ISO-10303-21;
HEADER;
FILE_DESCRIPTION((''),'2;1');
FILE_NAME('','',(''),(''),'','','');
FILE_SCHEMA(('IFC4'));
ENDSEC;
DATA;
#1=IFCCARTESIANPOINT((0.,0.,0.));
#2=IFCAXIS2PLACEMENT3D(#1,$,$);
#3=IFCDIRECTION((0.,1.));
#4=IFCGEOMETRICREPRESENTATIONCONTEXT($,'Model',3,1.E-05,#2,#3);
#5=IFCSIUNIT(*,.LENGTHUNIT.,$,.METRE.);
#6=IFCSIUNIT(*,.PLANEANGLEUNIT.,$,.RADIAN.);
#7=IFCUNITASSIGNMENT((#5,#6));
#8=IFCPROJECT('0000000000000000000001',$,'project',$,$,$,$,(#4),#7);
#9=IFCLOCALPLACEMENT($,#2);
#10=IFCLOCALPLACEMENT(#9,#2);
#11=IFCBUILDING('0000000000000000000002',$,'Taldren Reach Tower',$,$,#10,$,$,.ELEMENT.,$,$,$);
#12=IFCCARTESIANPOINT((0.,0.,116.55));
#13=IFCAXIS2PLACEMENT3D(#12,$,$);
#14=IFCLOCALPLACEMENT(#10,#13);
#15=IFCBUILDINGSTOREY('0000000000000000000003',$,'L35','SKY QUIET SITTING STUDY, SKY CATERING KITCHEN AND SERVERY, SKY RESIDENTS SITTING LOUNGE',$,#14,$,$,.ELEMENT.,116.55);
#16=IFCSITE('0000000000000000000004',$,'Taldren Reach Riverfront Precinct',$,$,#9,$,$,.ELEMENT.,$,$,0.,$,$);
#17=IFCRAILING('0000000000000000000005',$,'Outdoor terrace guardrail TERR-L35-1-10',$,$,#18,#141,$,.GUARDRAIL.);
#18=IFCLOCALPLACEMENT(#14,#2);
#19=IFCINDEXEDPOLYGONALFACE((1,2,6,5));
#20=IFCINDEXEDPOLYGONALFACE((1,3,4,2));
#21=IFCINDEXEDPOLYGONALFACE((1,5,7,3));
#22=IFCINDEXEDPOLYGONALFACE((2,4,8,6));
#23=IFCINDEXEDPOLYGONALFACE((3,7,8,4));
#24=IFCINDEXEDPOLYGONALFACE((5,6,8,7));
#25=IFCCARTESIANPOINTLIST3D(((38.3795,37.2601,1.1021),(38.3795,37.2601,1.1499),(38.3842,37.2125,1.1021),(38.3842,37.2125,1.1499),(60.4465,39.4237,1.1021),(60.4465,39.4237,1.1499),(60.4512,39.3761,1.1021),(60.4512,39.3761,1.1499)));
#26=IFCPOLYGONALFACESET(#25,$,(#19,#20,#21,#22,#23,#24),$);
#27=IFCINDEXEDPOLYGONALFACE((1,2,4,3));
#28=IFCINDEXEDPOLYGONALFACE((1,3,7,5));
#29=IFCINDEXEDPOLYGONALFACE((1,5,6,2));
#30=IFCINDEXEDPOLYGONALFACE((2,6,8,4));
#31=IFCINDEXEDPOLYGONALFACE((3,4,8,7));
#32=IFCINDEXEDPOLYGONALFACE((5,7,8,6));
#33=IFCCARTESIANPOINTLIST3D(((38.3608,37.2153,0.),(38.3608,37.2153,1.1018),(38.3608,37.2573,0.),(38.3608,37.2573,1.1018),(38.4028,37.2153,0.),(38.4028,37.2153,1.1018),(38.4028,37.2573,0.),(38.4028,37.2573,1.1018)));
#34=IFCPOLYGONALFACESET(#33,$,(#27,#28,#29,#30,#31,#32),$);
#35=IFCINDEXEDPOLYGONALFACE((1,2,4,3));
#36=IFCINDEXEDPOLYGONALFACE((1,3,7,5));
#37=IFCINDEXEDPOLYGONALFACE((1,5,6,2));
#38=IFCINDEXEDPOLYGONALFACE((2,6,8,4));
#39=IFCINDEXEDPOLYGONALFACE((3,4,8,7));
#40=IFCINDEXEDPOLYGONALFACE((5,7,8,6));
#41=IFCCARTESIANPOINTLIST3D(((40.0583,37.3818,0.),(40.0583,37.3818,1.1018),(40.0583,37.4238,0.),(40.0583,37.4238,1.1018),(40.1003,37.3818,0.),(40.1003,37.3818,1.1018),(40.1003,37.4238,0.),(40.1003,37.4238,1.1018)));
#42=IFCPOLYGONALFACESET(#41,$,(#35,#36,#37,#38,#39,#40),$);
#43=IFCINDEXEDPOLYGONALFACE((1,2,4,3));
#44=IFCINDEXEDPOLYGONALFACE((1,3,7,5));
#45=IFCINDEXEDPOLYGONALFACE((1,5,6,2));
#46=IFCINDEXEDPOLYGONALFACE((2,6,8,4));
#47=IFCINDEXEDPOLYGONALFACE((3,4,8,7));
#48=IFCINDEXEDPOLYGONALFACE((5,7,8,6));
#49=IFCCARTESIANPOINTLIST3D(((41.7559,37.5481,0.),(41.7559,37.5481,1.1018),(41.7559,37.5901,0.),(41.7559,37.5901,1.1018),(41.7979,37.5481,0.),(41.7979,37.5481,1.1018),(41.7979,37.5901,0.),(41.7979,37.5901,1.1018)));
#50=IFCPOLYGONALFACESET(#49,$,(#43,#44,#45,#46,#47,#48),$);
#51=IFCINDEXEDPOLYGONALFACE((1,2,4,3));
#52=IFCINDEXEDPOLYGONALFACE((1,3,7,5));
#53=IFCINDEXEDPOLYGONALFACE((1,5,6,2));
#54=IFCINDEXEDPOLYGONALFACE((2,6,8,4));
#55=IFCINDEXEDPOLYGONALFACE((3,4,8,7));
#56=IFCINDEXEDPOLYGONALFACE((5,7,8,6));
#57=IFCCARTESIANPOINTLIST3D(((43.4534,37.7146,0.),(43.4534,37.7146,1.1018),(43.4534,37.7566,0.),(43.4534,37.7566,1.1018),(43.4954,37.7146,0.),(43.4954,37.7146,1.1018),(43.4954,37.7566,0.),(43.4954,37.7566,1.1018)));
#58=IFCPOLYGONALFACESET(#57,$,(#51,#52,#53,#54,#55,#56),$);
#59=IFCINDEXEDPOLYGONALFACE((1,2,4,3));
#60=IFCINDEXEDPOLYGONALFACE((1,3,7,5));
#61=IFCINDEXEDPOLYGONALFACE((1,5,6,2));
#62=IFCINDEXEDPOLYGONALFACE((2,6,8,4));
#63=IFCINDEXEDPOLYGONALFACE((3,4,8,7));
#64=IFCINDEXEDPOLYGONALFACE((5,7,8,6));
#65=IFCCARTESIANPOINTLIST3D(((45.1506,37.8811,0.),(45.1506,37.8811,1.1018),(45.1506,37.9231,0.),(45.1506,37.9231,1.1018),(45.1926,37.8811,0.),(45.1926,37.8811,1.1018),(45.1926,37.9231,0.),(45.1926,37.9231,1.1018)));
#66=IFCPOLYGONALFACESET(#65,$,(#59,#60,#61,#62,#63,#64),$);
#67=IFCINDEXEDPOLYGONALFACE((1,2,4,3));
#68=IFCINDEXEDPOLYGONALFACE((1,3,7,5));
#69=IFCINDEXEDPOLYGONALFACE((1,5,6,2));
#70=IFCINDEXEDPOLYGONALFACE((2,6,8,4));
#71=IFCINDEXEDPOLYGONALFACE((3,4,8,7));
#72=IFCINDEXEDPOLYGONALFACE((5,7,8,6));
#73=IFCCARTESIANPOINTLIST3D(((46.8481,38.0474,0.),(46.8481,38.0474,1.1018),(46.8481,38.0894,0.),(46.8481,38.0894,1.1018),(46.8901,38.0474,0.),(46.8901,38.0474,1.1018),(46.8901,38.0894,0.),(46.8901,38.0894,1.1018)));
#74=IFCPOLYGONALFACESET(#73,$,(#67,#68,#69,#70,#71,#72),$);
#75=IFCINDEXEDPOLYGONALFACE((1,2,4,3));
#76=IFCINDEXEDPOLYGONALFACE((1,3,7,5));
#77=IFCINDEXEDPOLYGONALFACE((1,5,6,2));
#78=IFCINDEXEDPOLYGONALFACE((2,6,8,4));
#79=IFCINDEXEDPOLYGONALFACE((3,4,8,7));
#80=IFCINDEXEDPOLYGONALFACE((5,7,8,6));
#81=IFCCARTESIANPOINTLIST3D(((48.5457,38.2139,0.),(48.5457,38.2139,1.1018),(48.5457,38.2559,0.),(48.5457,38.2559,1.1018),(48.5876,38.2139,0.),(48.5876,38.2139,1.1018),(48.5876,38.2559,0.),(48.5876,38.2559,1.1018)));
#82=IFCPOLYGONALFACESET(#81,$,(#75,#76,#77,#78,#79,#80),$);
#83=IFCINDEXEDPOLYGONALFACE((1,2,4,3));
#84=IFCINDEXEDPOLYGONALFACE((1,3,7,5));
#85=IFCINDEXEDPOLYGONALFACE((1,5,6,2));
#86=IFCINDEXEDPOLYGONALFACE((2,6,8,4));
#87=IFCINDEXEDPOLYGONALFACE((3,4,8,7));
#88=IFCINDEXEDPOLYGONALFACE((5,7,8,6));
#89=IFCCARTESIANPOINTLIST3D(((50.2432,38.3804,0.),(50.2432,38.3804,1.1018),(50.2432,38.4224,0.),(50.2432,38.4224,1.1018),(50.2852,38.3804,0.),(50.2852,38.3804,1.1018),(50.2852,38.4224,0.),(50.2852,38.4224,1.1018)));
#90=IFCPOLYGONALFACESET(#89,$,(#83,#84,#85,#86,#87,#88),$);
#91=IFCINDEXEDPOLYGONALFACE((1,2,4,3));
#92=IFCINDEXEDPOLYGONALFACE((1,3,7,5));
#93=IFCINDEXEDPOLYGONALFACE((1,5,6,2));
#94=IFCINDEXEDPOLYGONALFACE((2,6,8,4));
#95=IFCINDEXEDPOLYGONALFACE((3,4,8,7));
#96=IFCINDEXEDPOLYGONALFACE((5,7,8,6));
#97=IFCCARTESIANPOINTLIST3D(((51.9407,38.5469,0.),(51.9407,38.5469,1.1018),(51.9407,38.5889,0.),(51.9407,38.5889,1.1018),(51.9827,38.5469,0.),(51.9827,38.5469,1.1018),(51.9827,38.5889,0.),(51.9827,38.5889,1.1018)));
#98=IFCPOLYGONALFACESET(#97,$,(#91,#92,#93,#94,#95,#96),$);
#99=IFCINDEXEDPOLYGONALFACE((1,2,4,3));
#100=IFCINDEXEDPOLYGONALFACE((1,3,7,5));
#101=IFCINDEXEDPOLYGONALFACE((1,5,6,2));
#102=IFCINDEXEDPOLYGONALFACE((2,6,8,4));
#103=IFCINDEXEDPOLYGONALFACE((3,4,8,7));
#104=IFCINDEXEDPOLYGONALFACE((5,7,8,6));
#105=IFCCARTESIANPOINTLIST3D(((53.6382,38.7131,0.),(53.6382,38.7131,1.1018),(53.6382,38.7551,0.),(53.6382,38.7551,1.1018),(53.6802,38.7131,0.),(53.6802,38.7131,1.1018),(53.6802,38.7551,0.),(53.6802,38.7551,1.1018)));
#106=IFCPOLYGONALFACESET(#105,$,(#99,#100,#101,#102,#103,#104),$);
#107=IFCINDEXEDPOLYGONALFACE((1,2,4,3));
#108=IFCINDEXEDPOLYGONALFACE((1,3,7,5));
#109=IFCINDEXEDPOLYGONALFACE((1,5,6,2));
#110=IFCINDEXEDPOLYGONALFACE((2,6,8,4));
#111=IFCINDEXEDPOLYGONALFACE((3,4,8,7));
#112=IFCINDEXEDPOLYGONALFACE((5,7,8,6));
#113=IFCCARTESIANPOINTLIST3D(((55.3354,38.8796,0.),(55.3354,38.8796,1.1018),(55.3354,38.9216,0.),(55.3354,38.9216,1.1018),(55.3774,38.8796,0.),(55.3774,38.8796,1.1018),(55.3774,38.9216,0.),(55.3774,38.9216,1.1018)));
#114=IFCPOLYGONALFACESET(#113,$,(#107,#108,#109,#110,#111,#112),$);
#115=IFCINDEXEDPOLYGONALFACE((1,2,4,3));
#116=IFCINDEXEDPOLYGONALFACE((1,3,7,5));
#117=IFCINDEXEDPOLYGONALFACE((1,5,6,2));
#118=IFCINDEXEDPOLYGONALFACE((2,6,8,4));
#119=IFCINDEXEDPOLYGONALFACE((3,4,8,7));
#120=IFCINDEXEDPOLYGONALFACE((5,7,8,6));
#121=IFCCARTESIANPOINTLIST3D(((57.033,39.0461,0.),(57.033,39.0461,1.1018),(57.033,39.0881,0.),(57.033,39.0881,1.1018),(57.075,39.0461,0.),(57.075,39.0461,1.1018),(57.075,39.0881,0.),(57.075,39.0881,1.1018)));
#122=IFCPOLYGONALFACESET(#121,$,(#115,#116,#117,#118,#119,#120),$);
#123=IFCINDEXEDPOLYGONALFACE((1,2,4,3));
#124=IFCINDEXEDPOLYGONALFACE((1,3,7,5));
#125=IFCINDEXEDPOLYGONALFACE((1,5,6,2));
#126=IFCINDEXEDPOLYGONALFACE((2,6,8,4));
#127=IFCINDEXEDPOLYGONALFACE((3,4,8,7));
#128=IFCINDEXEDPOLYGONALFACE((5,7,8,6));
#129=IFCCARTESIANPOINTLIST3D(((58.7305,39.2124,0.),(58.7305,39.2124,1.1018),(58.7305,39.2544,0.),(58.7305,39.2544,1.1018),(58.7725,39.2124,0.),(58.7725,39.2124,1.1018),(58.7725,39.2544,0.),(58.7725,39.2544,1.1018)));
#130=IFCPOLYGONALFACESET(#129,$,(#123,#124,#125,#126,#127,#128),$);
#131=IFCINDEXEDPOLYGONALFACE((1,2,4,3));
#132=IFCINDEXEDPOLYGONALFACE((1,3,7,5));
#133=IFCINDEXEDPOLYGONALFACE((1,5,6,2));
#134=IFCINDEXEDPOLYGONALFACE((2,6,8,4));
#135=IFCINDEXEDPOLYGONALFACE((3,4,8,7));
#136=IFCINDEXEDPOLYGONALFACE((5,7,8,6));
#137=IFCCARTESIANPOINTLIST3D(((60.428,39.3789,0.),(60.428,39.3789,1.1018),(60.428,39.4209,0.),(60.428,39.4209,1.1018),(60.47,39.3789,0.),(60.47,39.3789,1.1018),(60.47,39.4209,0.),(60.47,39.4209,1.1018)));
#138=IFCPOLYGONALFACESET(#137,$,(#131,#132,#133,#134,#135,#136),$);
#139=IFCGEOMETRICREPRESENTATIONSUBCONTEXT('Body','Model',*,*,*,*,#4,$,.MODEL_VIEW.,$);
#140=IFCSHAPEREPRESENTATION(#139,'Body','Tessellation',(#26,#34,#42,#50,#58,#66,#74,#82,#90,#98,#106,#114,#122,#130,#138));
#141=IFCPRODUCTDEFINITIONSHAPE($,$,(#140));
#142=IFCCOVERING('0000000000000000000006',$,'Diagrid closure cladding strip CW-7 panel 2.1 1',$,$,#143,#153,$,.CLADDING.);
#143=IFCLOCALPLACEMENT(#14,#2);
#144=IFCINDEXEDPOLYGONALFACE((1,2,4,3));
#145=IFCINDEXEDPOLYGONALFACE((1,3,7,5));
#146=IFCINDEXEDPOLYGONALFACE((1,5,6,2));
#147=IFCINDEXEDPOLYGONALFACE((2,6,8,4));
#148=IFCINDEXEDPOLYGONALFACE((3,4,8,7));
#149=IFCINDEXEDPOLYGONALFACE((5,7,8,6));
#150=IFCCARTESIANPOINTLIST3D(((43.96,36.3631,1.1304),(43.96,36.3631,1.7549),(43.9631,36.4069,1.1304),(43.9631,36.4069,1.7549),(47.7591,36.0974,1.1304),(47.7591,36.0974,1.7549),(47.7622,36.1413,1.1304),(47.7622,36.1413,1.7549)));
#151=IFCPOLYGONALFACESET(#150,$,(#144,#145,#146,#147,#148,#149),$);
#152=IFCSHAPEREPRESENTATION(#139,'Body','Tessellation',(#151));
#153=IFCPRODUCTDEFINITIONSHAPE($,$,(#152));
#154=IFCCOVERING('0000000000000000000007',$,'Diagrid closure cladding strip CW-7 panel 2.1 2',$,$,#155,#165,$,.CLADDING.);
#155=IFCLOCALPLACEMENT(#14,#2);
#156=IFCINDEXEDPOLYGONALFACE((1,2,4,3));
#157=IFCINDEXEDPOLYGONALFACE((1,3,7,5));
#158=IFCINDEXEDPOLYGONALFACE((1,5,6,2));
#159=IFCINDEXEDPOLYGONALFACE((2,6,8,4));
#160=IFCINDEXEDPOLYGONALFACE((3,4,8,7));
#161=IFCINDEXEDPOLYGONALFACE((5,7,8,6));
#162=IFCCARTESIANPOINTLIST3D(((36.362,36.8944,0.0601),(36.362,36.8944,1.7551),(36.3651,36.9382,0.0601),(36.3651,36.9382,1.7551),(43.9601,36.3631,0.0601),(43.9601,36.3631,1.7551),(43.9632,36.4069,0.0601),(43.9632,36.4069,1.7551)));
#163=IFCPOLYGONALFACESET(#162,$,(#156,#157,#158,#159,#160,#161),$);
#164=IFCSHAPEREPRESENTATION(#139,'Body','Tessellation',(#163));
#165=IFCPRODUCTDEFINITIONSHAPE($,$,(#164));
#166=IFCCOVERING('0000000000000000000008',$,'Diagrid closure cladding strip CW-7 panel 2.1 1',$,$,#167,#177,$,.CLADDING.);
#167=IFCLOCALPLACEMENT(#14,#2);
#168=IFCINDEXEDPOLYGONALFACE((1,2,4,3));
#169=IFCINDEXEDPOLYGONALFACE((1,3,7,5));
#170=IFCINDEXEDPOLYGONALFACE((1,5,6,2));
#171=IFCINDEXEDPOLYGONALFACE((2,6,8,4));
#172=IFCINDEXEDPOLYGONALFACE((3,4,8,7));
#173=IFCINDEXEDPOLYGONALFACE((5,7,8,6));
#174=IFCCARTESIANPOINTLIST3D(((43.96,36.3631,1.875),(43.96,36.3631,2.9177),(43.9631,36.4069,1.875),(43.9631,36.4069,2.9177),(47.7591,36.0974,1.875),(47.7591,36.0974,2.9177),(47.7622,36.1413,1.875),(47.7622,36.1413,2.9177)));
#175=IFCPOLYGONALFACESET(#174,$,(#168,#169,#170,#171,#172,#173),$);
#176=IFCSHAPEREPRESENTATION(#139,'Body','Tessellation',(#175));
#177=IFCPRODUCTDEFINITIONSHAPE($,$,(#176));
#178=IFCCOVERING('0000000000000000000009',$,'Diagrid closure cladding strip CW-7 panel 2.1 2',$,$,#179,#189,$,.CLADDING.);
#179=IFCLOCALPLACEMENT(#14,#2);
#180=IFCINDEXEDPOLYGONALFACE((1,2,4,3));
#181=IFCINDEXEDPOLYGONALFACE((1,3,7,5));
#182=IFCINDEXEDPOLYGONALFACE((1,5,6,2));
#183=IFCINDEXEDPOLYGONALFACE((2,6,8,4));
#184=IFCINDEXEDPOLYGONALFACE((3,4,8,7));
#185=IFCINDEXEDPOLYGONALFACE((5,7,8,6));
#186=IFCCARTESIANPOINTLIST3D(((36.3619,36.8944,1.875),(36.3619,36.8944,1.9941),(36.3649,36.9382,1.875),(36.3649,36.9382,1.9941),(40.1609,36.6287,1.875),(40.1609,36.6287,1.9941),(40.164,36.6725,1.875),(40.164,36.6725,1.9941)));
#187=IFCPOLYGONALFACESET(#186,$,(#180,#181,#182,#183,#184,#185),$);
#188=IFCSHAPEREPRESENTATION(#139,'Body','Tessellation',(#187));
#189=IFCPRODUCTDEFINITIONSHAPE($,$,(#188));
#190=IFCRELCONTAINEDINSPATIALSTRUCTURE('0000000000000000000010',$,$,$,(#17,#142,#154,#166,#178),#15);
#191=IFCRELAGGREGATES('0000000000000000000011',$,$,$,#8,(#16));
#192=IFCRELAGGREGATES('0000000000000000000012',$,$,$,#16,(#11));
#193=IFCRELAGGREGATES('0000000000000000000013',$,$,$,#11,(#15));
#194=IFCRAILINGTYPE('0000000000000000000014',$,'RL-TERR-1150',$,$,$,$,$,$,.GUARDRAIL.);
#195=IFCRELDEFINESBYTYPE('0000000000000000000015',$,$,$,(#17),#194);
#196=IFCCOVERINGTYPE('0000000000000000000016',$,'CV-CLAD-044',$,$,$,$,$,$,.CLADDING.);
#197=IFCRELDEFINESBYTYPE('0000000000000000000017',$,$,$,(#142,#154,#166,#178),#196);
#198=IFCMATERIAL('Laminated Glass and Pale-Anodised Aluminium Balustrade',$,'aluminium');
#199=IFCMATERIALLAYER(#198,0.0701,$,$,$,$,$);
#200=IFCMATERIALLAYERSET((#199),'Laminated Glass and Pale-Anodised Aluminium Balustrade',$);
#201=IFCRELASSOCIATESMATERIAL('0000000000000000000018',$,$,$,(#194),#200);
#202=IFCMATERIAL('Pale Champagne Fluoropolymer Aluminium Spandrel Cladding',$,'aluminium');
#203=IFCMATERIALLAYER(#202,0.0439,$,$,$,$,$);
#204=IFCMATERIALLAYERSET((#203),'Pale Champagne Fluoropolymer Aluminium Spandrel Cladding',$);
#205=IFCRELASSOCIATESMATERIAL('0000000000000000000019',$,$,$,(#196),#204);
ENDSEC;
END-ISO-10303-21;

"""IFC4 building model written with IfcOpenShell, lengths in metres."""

from ifc_helpers import new_model, si_unit, direction, frame, origin, origin_2d, place, context, subcontext, project, spatial, rectangle, extrude, source, transform, mapped, material, layer, layer_set, type_object, element, save


model = new_model("IFC4")

# Units and contexts
model_context = context("Model", 3, precision=1e-05, world=origin(), true_north=direction((0.0, 1.0)))
body_context = subcontext(model_context, "Body", "Model", "MODEL_VIEW")
ifc_project = project(units=[si_unit("LENGTHUNIT", "METRE"), si_unit("PLANEANGLEUNIT", "RADIAN")], contexts=[model_context])

# Site, building, storey
site_placement = place(None, origin())
site = spatial("IfcSite", under=ifc_project, at=site_placement, Name="Taldren Reach Riverfront Precinct", CompositionType="ELEMENT", RefElevation=0.0)
building_placement = place(site_placement, origin())
building = spatial("IfcBuilding", under=site, at=building_placement, Name="Taldren Reach Tower", CompositionType="ELEMENT")
storey_placement = place(building_placement, frame((0.0, 0.0, 116.55)))
storey = spatial("IfcBuildingStorey", under=building, at=storey_placement, Name="L35", Description="SKY QUIET SITTING STUDY, SKY CATERING KITCHEN AND SERVERY, SKY RESIDENTS SITTING LOUNGE", CompositionType="ELEMENT", Elevation=116.55)

# Railing
ifc_material_1 = material(Name="Laminated Glass and Pale-Anodised Aluminium Balustrade", Category="aluminium")
ifc_layer_1 = layer(ifc_material_1, 0.0701)
ifc_layer_set_1 = layer_set([ifc_layer_1], Name="Laminated Glass and Pale-Anodised Aluminium Balustrade")
railing_type = type_object("IfcRailingType", Name="RL-TERR-1150", PredefinedType="GUARDRAIL", material=ifc_layer_set_1)
railing_placement = place(storey_placement, frame((38.3818, 37.2363, 0.0)))
element("IfcRailing", 1, at=railing_placement, inside=storey, type_object=railing_type, Name="Outdoor terrace guardrail TERR-L35-1-10", PredefinedType="GUARDRAIL", context=body_context, shape_type="SweptSolid", body=[
    extrude(rectangle(XDim=0.0479, YDim=0.0479, at=origin_2d()), frame((0.0, 0.0, 1.126), z_axis=(0.995228, 0.097577, 0.0), x_axis=(-0.097577, 0.995228, 0.0)), (0.0, 0.0, 1.0), 22.1729),
    extrude(rectangle(XDim=0.042, YDim=0.042, at=origin_2d()), origin(), (0.0, 0.0, 1.0), 1.1018),
    extrude(rectangle(XDim=0.042, YDim=0.042, at=origin_2d()), frame((1.6975, 0.1665, 0.0)), (0.0, 0.0, 1.0), 1.1018),
    extrude(rectangle(XDim=0.042, YDim=0.042, at=origin_2d()), frame((3.395, 0.3328, 0.0)), (0.0, 0.0, 1.0), 1.1018),
    extrude(rectangle(XDim=0.042, YDim=0.042, at=origin_2d()), frame((5.0925, 0.4993, 0.0)), (0.0, 0.0, 1.0), 1.1018),
    extrude(rectangle(XDim=0.042, YDim=0.042, at=origin_2d()), frame((6.7898, 0.6658, 0.0)), (0.0, 0.0, 1.0), 1.1018),
    extrude(rectangle(XDim=0.042, YDim=0.042, at=origin_2d()), frame((8.4873, 0.832, 0.0)), (0.0, 0.0, 1.0), 1.1018),
    extrude(rectangle(XDim=0.042, YDim=0.042, at=origin_2d()), frame((10.1848, 0.9985, 0.0)), (0.0, 0.0, 1.0), 1.1018),
    extrude(rectangle(XDim=0.042, YDim=0.042, at=origin_2d()), frame((11.8823, 1.165, 0.0)), (0.0, 0.0, 1.0), 1.1018),
    extrude(rectangle(XDim=0.042, YDim=0.042, at=origin_2d()), frame((13.5798, 1.3315, 0.0)), (0.0, 0.0, 1.0), 1.1018),
    extrude(rectangle(XDim=0.042, YDim=0.042, at=origin_2d()), frame((15.2773, 1.4978, 0.0)), (0.0, 0.0, 1.0), 1.1018),
    extrude(rectangle(XDim=0.042, YDim=0.042, at=origin_2d()), frame((16.9746, 1.6643, 0.0)), (0.0, 0.0, 1.0), 1.1018),
    extrude(rectangle(XDim=0.042, YDim=0.042, at=origin_2d()), frame((18.6721, 1.8308, 0.0)), (0.0, 0.0, 1.0), 1.1018),
    extrude(rectangle(XDim=0.042, YDim=0.042, at=origin_2d()), frame((20.3696, 1.9971, 0.0)), (0.0, 0.0, 1.0), 1.1018),
    extrude(rectangle(XDim=0.042, YDim=0.042, at=origin_2d()), frame((22.0671, 2.1636, 0.0)), (0.0, 0.0, 1.0), 1.1018),
])

# Coverings
ifc_material_2 = material(Name="Pale Champagne Fluoropolymer Aluminium Spandrel Cladding", Category="aluminium")
ifc_layer_2 = layer(ifc_material_2, 0.0439)
ifc_layer_set_2 = layer_set([ifc_layer_2], Name="Pale Champagne Fluoropolymer Aluminium Spandrel Cladding")
covering_type = type_object("IfcCoveringType", Name="CV-CLAD-044", PredefinedType="CLADDING", material=ifc_layer_set_2)
shared_shape_1 = source(origin(), body_context, "Body", "SweptSolid", [
    extrude(rectangle(XDim=3.8083, YDim=0.0439, at=origin_2d()), origin(), (0.0, 0.0, 1.0), 0.6245),
])
covering_1_placement = place(storey_placement, frame((45.8611, 36.2522, 1.1304), z_axis=(0.0, 0.0, 1.0), x_axis=(-0.997564, 0.069757, 0.0)))
element("IfcCovering", 2, at=covering_1_placement, inside=storey, type_object=covering_type, Name="Diagrid closure cladding strip CW-7 panel 2.1 1", PredefinedType="CLADDING", context=body_context, shape_type="MappedRepresentation", body=[
    mapped(shared_shape_1, transform((0.0, 0.0, 0.0), scale=1.0)),
])
shared_shape_2 = source(origin(), body_context, "Body", "SweptSolid", [
    extrude(rectangle(XDim=7.6167, YDim=0.0439, at=origin_2d()), origin(), (0.0, 0.0, 1.0), 1.6951),
])
covering_2_placement = place(storey_placement, frame((40.1626, 36.6506, 0.0601), z_axis=(0.0, 0.0, 1.0), x_axis=(-0.997564, 0.069757, 0.0)))
element("IfcCovering", 3, at=covering_2_placement, inside=storey, type_object=covering_type, Name="Diagrid closure cladding strip CW-7 panel 2.1 2", PredefinedType="CLADDING", context=body_context, shape_type="MappedRepresentation", body=[
    mapped(shared_shape_2, transform((0.0, 0.0, 0.0), scale=1.0)),
])
shared_shape_3 = source(origin(), body_context, "Body", "SweptSolid", [
    extrude(rectangle(XDim=3.8083, YDim=0.0439, at=origin_2d()), origin(), (0.0, 0.0, 1.0), 1.0427),
])
covering_3_placement = place(storey_placement, frame((45.8611, 36.2522, 1.875), z_axis=(0.0, 0.0, 1.0), x_axis=(-0.997564, 0.069757, 0.0)))
element("IfcCovering", 4, at=covering_3_placement, inside=storey, type_object=covering_type, Name="Diagrid closure cladding strip CW-7 panel 2.1 1", PredefinedType="CLADDING", context=body_context, shape_type="MappedRepresentation", body=[
    mapped(shared_shape_3, transform((0.0, 0.0, 0.0), scale=1.0)),
])
shared_shape_4 = source(origin(), body_context, "Body", "SweptSolid", [
    extrude(rectangle(XDim=3.8083, YDim=0.0439, at=origin_2d()), origin(), (0.0, 0.0, 1.0), 0.1191),
])
covering_4_placement = place(storey_placement, frame((38.2629, 36.7834, 1.875), z_axis=(0.0, 0.0, 1.0), x_axis=(-0.997564, 0.069757, 0.0)))
element("IfcCovering", 5, at=covering_4_placement, inside=storey, type_object=covering_type, Name="Diagrid closure cladding strip CW-7 panel 2.1 2", PredefinedType="CLADDING", context=body_context, shape_type="MappedRepresentation", body=[
    mapped(shared_shape_4, transform((0.0, 0.0, 0.0), scale=1.0)),
])

save(model, "model.ifc")
